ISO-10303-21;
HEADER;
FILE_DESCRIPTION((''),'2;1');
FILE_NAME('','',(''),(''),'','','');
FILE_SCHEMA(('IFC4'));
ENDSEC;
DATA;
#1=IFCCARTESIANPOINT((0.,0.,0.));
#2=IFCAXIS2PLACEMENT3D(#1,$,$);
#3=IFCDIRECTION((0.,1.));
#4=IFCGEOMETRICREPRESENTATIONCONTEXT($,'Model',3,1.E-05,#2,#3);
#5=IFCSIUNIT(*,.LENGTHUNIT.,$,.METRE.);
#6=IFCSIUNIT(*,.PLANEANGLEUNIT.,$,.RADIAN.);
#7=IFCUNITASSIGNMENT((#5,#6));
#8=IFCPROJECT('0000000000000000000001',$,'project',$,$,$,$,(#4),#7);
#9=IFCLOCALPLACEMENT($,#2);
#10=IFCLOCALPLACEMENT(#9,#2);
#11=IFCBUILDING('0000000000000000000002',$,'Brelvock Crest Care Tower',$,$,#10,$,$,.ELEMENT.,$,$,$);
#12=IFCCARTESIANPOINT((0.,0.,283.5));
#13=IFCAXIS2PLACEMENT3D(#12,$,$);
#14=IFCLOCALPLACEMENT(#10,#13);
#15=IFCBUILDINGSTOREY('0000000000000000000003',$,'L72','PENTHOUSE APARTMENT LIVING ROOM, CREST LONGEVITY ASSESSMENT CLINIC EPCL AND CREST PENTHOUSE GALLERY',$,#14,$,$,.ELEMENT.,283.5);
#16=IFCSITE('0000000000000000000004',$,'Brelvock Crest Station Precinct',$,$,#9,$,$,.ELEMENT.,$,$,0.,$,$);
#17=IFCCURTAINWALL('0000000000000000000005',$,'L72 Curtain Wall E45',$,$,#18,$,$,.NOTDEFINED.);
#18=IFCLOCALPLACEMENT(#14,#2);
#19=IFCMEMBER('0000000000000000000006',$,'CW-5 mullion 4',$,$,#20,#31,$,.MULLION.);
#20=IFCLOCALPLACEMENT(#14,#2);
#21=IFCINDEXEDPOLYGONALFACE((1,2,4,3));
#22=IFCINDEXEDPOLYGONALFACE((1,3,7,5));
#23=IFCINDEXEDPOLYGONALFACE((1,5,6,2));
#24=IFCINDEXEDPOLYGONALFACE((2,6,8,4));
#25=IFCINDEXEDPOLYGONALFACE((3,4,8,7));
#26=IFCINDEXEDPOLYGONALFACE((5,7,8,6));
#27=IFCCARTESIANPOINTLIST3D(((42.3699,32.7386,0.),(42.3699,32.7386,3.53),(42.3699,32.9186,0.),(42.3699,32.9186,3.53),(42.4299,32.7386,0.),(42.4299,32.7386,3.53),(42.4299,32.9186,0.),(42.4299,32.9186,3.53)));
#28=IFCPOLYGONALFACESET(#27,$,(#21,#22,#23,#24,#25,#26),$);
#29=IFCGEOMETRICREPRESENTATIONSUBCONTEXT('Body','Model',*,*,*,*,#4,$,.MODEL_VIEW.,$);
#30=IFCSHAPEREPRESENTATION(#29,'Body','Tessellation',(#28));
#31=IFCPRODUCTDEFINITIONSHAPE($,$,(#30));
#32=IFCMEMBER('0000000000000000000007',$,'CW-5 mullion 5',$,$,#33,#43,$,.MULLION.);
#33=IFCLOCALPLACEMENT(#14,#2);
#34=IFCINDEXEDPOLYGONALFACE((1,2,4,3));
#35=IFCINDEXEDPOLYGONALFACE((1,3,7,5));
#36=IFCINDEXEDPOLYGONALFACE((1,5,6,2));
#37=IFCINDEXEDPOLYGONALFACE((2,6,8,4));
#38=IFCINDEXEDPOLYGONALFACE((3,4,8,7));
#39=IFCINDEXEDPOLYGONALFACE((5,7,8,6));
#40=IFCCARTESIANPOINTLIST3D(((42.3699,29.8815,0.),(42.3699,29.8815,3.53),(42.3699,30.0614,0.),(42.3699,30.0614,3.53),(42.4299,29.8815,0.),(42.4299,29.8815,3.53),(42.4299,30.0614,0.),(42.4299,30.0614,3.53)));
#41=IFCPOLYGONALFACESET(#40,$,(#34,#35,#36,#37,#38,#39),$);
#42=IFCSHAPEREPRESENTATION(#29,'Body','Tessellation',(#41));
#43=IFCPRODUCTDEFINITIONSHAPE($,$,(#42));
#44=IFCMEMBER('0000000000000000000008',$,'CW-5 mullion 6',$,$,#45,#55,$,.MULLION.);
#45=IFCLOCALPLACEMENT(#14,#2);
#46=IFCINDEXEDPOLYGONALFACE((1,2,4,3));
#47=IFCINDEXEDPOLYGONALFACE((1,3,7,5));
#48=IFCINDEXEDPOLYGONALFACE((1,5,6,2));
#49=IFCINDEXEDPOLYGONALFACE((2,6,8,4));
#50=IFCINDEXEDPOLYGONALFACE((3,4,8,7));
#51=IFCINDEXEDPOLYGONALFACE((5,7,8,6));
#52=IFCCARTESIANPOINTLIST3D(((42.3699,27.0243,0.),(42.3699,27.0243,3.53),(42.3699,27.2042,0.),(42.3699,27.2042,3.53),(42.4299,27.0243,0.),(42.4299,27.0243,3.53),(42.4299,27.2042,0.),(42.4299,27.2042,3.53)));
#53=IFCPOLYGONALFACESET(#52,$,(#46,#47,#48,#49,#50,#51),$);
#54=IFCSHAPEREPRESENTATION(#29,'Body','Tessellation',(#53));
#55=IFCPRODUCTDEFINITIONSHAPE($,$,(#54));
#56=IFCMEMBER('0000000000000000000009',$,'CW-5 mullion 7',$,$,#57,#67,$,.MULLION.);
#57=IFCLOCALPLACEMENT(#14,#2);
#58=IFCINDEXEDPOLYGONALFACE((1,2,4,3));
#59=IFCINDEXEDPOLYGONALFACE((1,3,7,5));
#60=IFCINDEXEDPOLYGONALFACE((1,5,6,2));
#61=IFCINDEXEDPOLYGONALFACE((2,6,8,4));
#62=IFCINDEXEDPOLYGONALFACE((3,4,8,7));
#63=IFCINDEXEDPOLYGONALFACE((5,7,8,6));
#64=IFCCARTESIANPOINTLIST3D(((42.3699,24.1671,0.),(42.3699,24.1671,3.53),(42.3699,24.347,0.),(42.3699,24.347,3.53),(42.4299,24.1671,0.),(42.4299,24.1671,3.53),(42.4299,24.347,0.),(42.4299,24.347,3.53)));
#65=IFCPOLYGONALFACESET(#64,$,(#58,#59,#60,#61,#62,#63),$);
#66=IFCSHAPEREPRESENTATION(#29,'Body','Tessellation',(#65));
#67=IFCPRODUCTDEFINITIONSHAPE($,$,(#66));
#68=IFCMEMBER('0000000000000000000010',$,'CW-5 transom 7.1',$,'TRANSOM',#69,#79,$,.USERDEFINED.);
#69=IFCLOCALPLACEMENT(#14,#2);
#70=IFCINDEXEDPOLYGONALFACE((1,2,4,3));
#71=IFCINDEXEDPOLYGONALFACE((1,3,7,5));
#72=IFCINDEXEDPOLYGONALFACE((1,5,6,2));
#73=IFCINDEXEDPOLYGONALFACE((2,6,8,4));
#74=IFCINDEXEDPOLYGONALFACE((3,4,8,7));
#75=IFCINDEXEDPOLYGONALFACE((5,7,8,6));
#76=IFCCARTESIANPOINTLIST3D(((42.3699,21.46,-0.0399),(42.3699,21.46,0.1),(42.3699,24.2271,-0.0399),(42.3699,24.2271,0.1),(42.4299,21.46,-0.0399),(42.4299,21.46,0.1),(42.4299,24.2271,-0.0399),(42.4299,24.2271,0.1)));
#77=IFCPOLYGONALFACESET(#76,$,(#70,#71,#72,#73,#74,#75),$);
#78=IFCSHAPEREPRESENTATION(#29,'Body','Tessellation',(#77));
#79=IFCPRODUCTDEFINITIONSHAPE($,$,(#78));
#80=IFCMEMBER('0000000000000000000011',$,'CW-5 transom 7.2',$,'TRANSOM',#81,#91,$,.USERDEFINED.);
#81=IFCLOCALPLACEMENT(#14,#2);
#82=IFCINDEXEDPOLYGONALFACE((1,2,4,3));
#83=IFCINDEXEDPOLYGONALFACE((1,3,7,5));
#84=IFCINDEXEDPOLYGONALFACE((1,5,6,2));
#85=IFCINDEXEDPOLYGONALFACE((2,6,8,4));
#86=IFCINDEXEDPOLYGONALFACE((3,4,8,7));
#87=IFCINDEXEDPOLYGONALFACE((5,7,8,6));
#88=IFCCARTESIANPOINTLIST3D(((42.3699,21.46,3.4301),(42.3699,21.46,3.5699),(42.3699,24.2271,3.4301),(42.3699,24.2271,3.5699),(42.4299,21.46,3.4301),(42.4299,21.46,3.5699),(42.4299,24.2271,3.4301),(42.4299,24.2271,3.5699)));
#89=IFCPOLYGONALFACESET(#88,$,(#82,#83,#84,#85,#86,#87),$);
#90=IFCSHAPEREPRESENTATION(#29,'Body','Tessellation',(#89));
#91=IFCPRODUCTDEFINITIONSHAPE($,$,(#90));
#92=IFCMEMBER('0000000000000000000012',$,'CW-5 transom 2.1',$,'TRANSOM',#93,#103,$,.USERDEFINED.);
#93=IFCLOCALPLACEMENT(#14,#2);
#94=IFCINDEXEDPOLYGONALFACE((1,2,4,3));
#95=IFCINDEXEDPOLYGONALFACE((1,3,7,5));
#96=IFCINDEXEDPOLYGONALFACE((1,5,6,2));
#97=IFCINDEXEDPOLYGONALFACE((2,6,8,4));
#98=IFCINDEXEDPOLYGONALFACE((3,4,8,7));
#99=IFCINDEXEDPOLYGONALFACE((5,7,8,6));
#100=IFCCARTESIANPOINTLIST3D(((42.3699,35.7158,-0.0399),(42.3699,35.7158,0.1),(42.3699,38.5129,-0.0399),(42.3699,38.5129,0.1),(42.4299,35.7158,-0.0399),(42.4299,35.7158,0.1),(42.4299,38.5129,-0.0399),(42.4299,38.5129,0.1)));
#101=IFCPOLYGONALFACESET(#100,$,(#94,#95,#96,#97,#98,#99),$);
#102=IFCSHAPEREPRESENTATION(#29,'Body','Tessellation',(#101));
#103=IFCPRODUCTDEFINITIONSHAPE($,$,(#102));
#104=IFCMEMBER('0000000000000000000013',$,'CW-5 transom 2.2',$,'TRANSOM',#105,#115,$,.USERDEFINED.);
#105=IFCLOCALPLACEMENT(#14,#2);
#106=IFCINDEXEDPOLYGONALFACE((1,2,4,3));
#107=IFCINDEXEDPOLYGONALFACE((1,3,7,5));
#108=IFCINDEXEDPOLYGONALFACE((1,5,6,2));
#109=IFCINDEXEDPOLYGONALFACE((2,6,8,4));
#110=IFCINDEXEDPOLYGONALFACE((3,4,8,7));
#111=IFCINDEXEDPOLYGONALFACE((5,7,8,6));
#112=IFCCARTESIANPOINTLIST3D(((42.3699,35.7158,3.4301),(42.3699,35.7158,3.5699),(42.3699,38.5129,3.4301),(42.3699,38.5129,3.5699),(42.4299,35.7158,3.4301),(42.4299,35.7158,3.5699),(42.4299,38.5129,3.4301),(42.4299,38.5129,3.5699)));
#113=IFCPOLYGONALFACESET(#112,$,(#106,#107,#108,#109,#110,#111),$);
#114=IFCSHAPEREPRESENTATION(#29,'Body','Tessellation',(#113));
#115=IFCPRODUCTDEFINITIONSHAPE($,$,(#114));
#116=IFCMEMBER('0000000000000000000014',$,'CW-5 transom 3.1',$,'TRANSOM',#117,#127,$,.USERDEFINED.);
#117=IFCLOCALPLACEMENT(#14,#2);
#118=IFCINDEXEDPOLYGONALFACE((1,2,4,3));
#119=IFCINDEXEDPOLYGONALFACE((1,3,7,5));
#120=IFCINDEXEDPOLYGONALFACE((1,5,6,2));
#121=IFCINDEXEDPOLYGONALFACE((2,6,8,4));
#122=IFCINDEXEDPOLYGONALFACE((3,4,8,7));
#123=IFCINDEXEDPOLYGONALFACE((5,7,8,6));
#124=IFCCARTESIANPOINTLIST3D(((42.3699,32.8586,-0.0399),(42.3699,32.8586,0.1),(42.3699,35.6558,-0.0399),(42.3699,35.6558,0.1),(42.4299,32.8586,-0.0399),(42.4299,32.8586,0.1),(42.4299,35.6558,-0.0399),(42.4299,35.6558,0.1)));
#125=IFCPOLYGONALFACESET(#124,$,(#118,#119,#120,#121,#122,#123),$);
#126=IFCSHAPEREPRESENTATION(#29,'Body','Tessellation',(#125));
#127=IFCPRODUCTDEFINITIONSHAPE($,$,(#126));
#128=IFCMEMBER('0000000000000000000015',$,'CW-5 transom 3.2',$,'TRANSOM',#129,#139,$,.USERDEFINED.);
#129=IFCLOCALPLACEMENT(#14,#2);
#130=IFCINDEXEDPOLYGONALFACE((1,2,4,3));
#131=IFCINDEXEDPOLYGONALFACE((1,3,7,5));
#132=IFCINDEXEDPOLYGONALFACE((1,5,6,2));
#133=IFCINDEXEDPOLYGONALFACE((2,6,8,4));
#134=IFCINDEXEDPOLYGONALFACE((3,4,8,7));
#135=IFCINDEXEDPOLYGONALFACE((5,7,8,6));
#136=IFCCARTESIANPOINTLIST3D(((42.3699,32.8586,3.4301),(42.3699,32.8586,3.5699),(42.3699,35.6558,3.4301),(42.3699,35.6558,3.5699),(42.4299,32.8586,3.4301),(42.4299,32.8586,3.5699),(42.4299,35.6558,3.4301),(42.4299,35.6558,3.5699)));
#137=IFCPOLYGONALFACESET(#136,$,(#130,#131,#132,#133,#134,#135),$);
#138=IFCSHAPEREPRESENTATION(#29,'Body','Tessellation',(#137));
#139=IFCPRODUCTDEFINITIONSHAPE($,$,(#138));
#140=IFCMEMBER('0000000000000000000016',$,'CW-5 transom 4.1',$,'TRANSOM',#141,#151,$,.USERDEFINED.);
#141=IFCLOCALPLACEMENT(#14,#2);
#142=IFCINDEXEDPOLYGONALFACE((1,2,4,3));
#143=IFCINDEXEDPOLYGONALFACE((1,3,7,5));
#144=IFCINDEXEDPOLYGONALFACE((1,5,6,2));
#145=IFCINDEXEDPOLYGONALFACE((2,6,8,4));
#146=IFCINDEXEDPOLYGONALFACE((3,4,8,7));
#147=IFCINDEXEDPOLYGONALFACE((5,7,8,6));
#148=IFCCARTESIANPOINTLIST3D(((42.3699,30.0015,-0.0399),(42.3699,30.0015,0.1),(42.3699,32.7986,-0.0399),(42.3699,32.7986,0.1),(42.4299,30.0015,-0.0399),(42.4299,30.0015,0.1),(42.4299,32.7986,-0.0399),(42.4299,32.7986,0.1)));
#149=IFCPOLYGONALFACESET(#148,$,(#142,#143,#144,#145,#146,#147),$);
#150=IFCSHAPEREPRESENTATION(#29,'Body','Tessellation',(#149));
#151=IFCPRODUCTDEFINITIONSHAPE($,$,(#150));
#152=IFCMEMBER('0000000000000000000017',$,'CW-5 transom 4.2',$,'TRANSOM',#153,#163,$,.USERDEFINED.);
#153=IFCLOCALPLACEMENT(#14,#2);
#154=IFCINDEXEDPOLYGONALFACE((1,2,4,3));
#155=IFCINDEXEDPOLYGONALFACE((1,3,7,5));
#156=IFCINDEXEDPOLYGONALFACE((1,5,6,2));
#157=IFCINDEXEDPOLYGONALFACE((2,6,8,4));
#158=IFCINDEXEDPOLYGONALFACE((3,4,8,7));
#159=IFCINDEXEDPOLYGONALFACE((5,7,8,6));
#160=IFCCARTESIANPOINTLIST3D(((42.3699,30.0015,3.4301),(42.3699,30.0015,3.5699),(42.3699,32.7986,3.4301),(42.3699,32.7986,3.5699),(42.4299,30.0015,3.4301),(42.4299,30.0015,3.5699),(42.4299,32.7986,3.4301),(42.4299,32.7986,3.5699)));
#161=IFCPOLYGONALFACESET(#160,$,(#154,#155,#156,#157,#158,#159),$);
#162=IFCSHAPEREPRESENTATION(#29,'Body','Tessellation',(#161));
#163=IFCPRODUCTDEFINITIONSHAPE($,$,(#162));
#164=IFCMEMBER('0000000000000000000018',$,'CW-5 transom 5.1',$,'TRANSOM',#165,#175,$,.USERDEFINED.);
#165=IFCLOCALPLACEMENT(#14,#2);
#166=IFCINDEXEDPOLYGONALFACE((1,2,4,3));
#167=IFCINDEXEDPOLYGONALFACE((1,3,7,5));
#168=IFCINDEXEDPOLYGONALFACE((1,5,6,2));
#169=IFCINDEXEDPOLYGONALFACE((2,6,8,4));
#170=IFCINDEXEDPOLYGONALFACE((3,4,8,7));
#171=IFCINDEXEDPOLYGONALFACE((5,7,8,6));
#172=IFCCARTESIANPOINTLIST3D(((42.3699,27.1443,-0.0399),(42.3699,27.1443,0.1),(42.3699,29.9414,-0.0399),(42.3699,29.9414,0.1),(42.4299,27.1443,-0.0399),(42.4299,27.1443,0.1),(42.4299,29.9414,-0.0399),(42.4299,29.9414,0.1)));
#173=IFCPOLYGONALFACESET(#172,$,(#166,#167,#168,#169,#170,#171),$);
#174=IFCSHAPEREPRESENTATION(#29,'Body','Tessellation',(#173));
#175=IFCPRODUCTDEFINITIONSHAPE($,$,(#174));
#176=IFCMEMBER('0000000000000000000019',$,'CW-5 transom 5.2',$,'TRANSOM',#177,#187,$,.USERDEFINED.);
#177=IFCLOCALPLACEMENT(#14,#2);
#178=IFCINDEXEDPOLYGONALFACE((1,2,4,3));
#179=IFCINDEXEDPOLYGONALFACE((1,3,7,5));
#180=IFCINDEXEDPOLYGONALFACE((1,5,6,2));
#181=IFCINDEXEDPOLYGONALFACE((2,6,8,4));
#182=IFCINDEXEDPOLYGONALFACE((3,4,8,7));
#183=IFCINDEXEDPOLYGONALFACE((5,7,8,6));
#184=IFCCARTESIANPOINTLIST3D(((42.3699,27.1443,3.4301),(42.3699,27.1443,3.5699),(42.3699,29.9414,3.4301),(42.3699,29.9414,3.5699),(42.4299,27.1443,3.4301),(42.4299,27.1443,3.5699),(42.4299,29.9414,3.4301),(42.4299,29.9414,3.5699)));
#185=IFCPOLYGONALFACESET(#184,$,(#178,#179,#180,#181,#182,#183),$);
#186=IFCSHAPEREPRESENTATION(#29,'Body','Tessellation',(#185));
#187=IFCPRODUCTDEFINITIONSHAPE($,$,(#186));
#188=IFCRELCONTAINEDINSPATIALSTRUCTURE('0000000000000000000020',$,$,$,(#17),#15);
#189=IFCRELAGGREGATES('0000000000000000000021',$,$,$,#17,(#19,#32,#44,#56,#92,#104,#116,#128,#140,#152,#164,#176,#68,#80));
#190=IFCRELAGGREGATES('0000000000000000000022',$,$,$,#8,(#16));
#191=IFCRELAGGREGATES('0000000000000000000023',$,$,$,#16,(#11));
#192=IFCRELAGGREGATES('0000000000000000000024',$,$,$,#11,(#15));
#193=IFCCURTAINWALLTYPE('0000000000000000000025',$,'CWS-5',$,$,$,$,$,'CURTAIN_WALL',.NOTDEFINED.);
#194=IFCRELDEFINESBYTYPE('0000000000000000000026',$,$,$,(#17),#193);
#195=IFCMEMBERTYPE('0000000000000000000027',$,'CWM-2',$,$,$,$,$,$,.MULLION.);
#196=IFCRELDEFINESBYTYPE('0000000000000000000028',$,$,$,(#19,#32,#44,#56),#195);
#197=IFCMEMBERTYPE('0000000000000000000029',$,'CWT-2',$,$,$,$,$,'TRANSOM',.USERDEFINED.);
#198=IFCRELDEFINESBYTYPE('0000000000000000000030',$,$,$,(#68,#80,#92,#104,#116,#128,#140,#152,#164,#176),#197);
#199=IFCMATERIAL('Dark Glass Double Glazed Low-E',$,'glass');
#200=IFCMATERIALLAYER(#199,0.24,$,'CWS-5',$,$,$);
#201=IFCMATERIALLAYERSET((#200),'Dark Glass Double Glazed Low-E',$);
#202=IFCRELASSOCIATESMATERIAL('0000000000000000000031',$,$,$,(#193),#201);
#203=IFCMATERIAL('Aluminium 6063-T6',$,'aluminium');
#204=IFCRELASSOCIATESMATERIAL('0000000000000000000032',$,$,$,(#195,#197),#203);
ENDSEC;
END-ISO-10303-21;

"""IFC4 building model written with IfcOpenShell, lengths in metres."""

from ifc_helpers import new_model, si_unit, direction, frame, origin, origin_2d, place, context, subcontext, project, spatial, rectangle, extrude, source, transform, mapped, material, layer, layer_set, material_profile, profile_set, type_object, element, aggregate, save


model = new_model("IFC4")

# Units and contexts
model_context = context("Model", 3, precision=1e-05, world=origin(), true_north=direction((0.0, 1.0)))
body_context = subcontext(model_context, "Body", "Model", "MODEL_VIEW")
ifc_project = project(units=[si_unit("LENGTHUNIT", "METRE"), si_unit("PLANEANGLEUNIT", "RADIAN")], contexts=[model_context])

# Site, building, storey
site_placement = place(None, origin())
site = spatial("IfcSite", under=ifc_project, at=site_placement, Name="Brelvock Crest Station Precinct", CompositionType="ELEMENT", RefElevation=0.0)
building_placement = place(site_placement, origin())
building = spatial("IfcBuilding", under=site, at=building_placement, Name="Brelvock Crest Care Tower", CompositionType="ELEMENT")
storey_placement = place(building_placement, frame((0.0, 0.0, 283.5)))
storey = spatial("IfcBuildingStorey", under=building, at=storey_placement, Name="L72", Description="PENTHOUSE APARTMENT LIVING ROOM, CREST LONGEVITY ASSESSMENT CLINIC EPCL AND CREST PENTHOUSE GALLERY", CompositionType="ELEMENT", Elevation=283.5)

# Curtain wall, members
ifc_material_1 = material(Name="Dark Glass Double Glazed Low-E", Category="glass")
ifc_layer_1 = layer(ifc_material_1, 0.24, Name="CWS-5")
ifc_layer_set_1 = layer_set([ifc_layer_1], Name="Dark Glass Double Glazed Low-E")
curtain_wall_type = type_object("IfcCurtainWallType", Name="CWS-5", ElementType="CURTAIN_WALL", PredefinedType="NOTDEFINED", material=ifc_layer_set_1)
curtain_wall_placement = place(storey_placement, origin())
curtain_wall = element("IfcCurtainWall", 1, at=curtain_wall_placement, inside=storey, type_object=curtain_wall_type, Name="L72 Curtain Wall E45", PredefinedType="NOTDEFINED")
ifc_material_2 = material(Name="Aluminium 6063-T6", Category="aluminium")
ifc_material_profile_1 = material_profile(ifc_material_2, rectangle(XDim=0.0601, YDim=0.1799, at=origin_2d()), Name="ALU60x180")
ifc_profile_set_1 = profile_set([ifc_material_profile_1], Name="Aluminium 6063-T6")
member_type_1 = type_object("IfcMemberType", Name="CWM-2", PredefinedType="MULLION", material=ifc_profile_set_1)
shared_shape_1 = source(origin(), body_context, "Body", "SweptSolid", [
    extrude(rectangle(XDim=0.0601, YDim=0.1799, at=origin_2d()), origin(), (0.0, 0.0, 1.0), 3.53),
])
member_1_placement = place(storey_placement, frame((42.3999, 32.8286, 0.0), z_axis=(0.0, 0.0, 1.0), x_axis=(1.0, 0.0, 0.0)))
member_1 = element("IfcMember", 2, at=member_1_placement, type_object=member_type_1, Name="CW-5 mullion 4", PredefinedType="MULLION", context=body_context, shape_type="MappedRepresentation", body=[
    mapped(shared_shape_1, transform((0.0, 0.0, 0.0), x_axis=(1.0, 0.0, 0.0), y_axis=(0.0, 1.0, 0.0), z_axis=(0.0, 0.0, 1.0), scale=1.0)),
])
member_2_placement = place(storey_placement, frame((42.3999, 29.9714, 0.0), z_axis=(0.0, 0.0, 1.0), x_axis=(1.0, 0.0, 0.0)))
member_2 = element("IfcMember", 3, at=member_2_placement, type_object=member_type_1, Name="CW-5 mullion 5", PredefinedType="MULLION", context=body_context, shape_type="MappedRepresentation", body=[
    mapped(shared_shape_1, transform((0.0, 0.0, 0.0), x_axis=(1.0, 0.0, 0.0), y_axis=(0.0, 1.0, 0.0), z_axis=(0.0, 0.0, 1.0), scale=1.0)),
])
member_3_placement = place(storey_placement, frame((42.3999, 27.1143, 0.0), z_axis=(0.0, 0.0, 1.0), x_axis=(1.0, 0.0, 0.0)))
member_3 = element("IfcMember", 4, at=member_3_placement, type_object=member_type_1, Name="CW-5 mullion 6", PredefinedType="MULLION", context=body_context, shape_type="MappedRepresentation", body=[
    mapped(shared_shape_1, transform((0.0, 0.0, 0.0), x_axis=(1.0, 0.0, 0.0), y_axis=(0.0, 1.0, 0.0), z_axis=(0.0, 0.0, 1.0), scale=1.0)),
])
member_4_placement = place(storey_placement, frame((42.3999, 24.2571, 0.0), z_axis=(0.0, 0.0, 1.0), x_axis=(1.0, 0.0, 0.0)))
member_4 = element("IfcMember", 5, at=member_4_placement, type_object=member_type_1, Name="CW-5 mullion 7", PredefinedType="MULLION", context=body_context, shape_type="MappedRepresentation", body=[
    mapped(shared_shape_1, transform((0.0, 0.0, 0.0), x_axis=(1.0, 0.0, 0.0), y_axis=(0.0, 1.0, 0.0), z_axis=(0.0, 0.0, 1.0), scale=1.0)),
])
ifc_material_profile_2 = material_profile(ifc_material_2, rectangle(XDim=0.0601, YDim=0.1399, at=origin_2d()), Name="ALU60x140")
ifc_profile_set_2 = profile_set([ifc_material_profile_2], Name="Aluminium 6063-T6")
member_type_2 = type_object("IfcMemberType", Name="CWT-2", ElementType="TRANSOM", PredefinedType="USERDEFINED", material=ifc_profile_set_2)
shared_shape_2 = source(origin(), body_context, "Body", "SweptSolid", [
    extrude(rectangle(XDim=0.0601, YDim=0.1399, at=origin_2d()), origin(), (0.0, 0.0, 1.0), 2.7671),
])
member_5_placement = place(storey_placement, frame((42.3999, 24.2271, 0.03), z_axis=(0.0, -1.0, 0.0), x_axis=(1.0, 0.0, 0.0)))
member_5 = element("IfcMember", 6, at=member_5_placement, type_object=member_type_2, Name="CW-5 transom 7.1", ObjectType="TRANSOM", PredefinedType="USERDEFINED", context=body_context, shape_type="MappedRepresentation", body=[
    mapped(shared_shape_2, transform((0.0, 0.0, 0.0), x_axis=(1.0, 0.0, 0.0), y_axis=(0.0, 1.0, 0.0), z_axis=(0.0, 0.0, 1.0), scale=1.0)),
])
member_6_placement = place(storey_placement, frame((42.3999, 24.2271, 3.5), z_axis=(0.0, -1.0, 0.0), x_axis=(1.0, 0.0, 0.0)))
member_6 = element("IfcMember", 7, at=member_6_placement, type_object=member_type_2, Name="CW-5 transom 7.2", ObjectType="TRANSOM", PredefinedType="USERDEFINED", context=body_context, shape_type="MappedRepresentation", body=[
    mapped(shared_shape_2, transform((0.0, 0.0, 0.0), x_axis=(1.0, 0.0, 0.0), y_axis=(0.0, 1.0, 0.0), z_axis=(0.0, 0.0, 1.0), scale=1.0)),
])
shared_shape_3 = source(origin(), body_context, "Body", "SweptSolid", [
    extrude(rectangle(XDim=0.0601, YDim=0.1399, at=origin_2d()), origin(), (0.0, 0.0, 1.0), 2.7971),
])
member_7_placement = place(storey_placement, frame((42.3999, 38.5129, 0.03), z_axis=(0.0, -1.0, 0.0), x_axis=(1.0, 0.0, 0.0)))
member_7 = element("IfcMember", 8, at=member_7_placement, type_object=member_type_2, Name="CW-5 transom 2.1", ObjectType="TRANSOM", PredefinedType="USERDEFINED", context=body_context, shape_type="MappedRepresentation", body=[
    mapped(shared_shape_3, transform((0.0, 0.0, 0.0), x_axis=(1.0, 0.0, 0.0), y_axis=(0.0, 1.0, 0.0), z_axis=(0.0, 0.0, 1.0), scale=1.0)),
])
member_8_placement = place(storey_placement, frame((42.3999, 38.5129, 3.5), z_axis=(0.0, -1.0, 0.0), x_axis=(1.0, 0.0, 0.0)))
member_8 = element("IfcMember", 9, at=member_8_placement, type_object=member_type_2, Name="CW-5 transom 2.2", ObjectType="TRANSOM", PredefinedType="USERDEFINED", context=body_context, shape_type="MappedRepresentation", body=[
    mapped(shared_shape_3, transform((0.0, 0.0, 0.0), x_axis=(1.0, 0.0, 0.0), y_axis=(0.0, 1.0, 0.0), z_axis=(0.0, 0.0, 1.0), scale=1.0)),
])
member_9_placement = place(storey_placement, frame((42.3999, 35.6558, 0.03), z_axis=(0.0, -1.0, 0.0), x_axis=(1.0, 0.0, 0.0)))
member_9 = element("IfcMember", 10, at=member_9_placement, type_object=member_type_2, Name="CW-5 transom 3.1", ObjectType="TRANSOM", PredefinedType="USERDEFINED", context=body_context, shape_type="MappedRepresentation", body=[
    mapped(shared_shape_3, transform((0.0, 0.0, 0.0), x_axis=(1.0, 0.0, 0.0), y_axis=(0.0, 1.0, 0.0), z_axis=(0.0, 0.0, 1.0), scale=1.0)),
])
member_10_placement = place(storey_placement, frame((42.3999, 35.6558, 3.5), z_axis=(0.0, -1.0, 0.0), x_axis=(1.0, 0.0, 0.0)))
member_10 = element("IfcMember", 11, at=member_10_placement, type_object=member_type_2, Name="CW-5 transom 3.2", ObjectType="TRANSOM", PredefinedType="USERDEFINED", context=body_context, shape_type="MappedRepresentation", body=[
    mapped(shared_shape_3, transform((0.0, 0.0, 0.0), x_axis=(1.0, 0.0, 0.0), y_axis=(0.0, 1.0, 0.0), z_axis=(0.0, 0.0, 1.0), scale=1.0)),
])
member_11_placement = place(storey_placement, frame((42.3999, 32.7986, 0.03), z_axis=(0.0, -1.0, 0.0), x_axis=(1.0, 0.0, 0.0)))
member_11 = element("IfcMember", 12, at=member_11_placement, type_object=member_type_2, Name="CW-5 transom 4.1", ObjectType="TRANSOM", PredefinedType="USERDEFINED", context=body_context, shape_type="MappedRepresentation", body=[
    mapped(shared_shape_3, transform((0.0, 0.0, 0.0), x_axis=(1.0, 0.0, 0.0), y_axis=(0.0, 1.0, 0.0), z_axis=(0.0, 0.0, 1.0), scale=1.0)),
])
member_12_placement = place(storey_placement, frame((42.3999, 32.7986, 3.5), z_axis=(0.0, -1.0, 0.0), x_axis=(1.0, 0.0, 0.0)))
member_12 = element("IfcMember", 13, at=member_12_placement, type_object=member_type_2, Name="CW-5 transom 4.2", ObjectType="TRANSOM", PredefinedType="USERDEFINED", context=body_context, shape_type="MappedRepresentation", body=[
    mapped(shared_shape_3, transform((0.0, 0.0, 0.0), x_axis=(1.0, 0.0, 0.0), y_axis=(0.0, 1.0, 0.0), z_axis=(0.0, 0.0, 1.0), scale=1.0)),
])
member_13_placement = place(storey_placement, frame((42.3999, 29.9414, 0.03), z_axis=(0.0, -1.0, 0.0), x_axis=(1.0, 0.0, 0.0)))
member_13 = element("IfcMember", 14, at=member_13_placement, type_object=member_type_2, Name="CW-5 transom 5.1", ObjectType="TRANSOM", PredefinedType="USERDEFINED", context=body_context, shape_type="MappedRepresentation", body=[
    mapped(shared_shape_3, transform((0.0, 0.0, 0.0), x_axis=(1.0, 0.0, 0.0), y_axis=(0.0, 1.0, 0.0), z_axis=(0.0, 0.0, 1.0), scale=1.0)),
])
member_14_placement = place(storey_placement, frame((42.3999, 29.9414, 3.5), z_axis=(0.0, -1.0, 0.0), x_axis=(1.0, 0.0, 0.0)))
member_14 = element("IfcMember", 15, at=member_14_placement, type_object=member_type_2, Name="CW-5 transom 5.2", ObjectType="TRANSOM", PredefinedType="USERDEFINED", context=body_context, shape_type="MappedRepresentation", body=[
    mapped(shared_shape_3, transform((0.0, 0.0, 0.0), x_axis=(1.0, 0.0, 0.0), y_axis=(0.0, 1.0, 0.0), z_axis=(0.0, 0.0, 1.0), scale=1.0)),
])
aggregate(curtain_wall, [member_1, member_2, member_3, member_4, member_7, member_8, member_9, member_10, member_11, member_12, member_13, member_14, member_5, member_6])

save(model, "model.ifc")
